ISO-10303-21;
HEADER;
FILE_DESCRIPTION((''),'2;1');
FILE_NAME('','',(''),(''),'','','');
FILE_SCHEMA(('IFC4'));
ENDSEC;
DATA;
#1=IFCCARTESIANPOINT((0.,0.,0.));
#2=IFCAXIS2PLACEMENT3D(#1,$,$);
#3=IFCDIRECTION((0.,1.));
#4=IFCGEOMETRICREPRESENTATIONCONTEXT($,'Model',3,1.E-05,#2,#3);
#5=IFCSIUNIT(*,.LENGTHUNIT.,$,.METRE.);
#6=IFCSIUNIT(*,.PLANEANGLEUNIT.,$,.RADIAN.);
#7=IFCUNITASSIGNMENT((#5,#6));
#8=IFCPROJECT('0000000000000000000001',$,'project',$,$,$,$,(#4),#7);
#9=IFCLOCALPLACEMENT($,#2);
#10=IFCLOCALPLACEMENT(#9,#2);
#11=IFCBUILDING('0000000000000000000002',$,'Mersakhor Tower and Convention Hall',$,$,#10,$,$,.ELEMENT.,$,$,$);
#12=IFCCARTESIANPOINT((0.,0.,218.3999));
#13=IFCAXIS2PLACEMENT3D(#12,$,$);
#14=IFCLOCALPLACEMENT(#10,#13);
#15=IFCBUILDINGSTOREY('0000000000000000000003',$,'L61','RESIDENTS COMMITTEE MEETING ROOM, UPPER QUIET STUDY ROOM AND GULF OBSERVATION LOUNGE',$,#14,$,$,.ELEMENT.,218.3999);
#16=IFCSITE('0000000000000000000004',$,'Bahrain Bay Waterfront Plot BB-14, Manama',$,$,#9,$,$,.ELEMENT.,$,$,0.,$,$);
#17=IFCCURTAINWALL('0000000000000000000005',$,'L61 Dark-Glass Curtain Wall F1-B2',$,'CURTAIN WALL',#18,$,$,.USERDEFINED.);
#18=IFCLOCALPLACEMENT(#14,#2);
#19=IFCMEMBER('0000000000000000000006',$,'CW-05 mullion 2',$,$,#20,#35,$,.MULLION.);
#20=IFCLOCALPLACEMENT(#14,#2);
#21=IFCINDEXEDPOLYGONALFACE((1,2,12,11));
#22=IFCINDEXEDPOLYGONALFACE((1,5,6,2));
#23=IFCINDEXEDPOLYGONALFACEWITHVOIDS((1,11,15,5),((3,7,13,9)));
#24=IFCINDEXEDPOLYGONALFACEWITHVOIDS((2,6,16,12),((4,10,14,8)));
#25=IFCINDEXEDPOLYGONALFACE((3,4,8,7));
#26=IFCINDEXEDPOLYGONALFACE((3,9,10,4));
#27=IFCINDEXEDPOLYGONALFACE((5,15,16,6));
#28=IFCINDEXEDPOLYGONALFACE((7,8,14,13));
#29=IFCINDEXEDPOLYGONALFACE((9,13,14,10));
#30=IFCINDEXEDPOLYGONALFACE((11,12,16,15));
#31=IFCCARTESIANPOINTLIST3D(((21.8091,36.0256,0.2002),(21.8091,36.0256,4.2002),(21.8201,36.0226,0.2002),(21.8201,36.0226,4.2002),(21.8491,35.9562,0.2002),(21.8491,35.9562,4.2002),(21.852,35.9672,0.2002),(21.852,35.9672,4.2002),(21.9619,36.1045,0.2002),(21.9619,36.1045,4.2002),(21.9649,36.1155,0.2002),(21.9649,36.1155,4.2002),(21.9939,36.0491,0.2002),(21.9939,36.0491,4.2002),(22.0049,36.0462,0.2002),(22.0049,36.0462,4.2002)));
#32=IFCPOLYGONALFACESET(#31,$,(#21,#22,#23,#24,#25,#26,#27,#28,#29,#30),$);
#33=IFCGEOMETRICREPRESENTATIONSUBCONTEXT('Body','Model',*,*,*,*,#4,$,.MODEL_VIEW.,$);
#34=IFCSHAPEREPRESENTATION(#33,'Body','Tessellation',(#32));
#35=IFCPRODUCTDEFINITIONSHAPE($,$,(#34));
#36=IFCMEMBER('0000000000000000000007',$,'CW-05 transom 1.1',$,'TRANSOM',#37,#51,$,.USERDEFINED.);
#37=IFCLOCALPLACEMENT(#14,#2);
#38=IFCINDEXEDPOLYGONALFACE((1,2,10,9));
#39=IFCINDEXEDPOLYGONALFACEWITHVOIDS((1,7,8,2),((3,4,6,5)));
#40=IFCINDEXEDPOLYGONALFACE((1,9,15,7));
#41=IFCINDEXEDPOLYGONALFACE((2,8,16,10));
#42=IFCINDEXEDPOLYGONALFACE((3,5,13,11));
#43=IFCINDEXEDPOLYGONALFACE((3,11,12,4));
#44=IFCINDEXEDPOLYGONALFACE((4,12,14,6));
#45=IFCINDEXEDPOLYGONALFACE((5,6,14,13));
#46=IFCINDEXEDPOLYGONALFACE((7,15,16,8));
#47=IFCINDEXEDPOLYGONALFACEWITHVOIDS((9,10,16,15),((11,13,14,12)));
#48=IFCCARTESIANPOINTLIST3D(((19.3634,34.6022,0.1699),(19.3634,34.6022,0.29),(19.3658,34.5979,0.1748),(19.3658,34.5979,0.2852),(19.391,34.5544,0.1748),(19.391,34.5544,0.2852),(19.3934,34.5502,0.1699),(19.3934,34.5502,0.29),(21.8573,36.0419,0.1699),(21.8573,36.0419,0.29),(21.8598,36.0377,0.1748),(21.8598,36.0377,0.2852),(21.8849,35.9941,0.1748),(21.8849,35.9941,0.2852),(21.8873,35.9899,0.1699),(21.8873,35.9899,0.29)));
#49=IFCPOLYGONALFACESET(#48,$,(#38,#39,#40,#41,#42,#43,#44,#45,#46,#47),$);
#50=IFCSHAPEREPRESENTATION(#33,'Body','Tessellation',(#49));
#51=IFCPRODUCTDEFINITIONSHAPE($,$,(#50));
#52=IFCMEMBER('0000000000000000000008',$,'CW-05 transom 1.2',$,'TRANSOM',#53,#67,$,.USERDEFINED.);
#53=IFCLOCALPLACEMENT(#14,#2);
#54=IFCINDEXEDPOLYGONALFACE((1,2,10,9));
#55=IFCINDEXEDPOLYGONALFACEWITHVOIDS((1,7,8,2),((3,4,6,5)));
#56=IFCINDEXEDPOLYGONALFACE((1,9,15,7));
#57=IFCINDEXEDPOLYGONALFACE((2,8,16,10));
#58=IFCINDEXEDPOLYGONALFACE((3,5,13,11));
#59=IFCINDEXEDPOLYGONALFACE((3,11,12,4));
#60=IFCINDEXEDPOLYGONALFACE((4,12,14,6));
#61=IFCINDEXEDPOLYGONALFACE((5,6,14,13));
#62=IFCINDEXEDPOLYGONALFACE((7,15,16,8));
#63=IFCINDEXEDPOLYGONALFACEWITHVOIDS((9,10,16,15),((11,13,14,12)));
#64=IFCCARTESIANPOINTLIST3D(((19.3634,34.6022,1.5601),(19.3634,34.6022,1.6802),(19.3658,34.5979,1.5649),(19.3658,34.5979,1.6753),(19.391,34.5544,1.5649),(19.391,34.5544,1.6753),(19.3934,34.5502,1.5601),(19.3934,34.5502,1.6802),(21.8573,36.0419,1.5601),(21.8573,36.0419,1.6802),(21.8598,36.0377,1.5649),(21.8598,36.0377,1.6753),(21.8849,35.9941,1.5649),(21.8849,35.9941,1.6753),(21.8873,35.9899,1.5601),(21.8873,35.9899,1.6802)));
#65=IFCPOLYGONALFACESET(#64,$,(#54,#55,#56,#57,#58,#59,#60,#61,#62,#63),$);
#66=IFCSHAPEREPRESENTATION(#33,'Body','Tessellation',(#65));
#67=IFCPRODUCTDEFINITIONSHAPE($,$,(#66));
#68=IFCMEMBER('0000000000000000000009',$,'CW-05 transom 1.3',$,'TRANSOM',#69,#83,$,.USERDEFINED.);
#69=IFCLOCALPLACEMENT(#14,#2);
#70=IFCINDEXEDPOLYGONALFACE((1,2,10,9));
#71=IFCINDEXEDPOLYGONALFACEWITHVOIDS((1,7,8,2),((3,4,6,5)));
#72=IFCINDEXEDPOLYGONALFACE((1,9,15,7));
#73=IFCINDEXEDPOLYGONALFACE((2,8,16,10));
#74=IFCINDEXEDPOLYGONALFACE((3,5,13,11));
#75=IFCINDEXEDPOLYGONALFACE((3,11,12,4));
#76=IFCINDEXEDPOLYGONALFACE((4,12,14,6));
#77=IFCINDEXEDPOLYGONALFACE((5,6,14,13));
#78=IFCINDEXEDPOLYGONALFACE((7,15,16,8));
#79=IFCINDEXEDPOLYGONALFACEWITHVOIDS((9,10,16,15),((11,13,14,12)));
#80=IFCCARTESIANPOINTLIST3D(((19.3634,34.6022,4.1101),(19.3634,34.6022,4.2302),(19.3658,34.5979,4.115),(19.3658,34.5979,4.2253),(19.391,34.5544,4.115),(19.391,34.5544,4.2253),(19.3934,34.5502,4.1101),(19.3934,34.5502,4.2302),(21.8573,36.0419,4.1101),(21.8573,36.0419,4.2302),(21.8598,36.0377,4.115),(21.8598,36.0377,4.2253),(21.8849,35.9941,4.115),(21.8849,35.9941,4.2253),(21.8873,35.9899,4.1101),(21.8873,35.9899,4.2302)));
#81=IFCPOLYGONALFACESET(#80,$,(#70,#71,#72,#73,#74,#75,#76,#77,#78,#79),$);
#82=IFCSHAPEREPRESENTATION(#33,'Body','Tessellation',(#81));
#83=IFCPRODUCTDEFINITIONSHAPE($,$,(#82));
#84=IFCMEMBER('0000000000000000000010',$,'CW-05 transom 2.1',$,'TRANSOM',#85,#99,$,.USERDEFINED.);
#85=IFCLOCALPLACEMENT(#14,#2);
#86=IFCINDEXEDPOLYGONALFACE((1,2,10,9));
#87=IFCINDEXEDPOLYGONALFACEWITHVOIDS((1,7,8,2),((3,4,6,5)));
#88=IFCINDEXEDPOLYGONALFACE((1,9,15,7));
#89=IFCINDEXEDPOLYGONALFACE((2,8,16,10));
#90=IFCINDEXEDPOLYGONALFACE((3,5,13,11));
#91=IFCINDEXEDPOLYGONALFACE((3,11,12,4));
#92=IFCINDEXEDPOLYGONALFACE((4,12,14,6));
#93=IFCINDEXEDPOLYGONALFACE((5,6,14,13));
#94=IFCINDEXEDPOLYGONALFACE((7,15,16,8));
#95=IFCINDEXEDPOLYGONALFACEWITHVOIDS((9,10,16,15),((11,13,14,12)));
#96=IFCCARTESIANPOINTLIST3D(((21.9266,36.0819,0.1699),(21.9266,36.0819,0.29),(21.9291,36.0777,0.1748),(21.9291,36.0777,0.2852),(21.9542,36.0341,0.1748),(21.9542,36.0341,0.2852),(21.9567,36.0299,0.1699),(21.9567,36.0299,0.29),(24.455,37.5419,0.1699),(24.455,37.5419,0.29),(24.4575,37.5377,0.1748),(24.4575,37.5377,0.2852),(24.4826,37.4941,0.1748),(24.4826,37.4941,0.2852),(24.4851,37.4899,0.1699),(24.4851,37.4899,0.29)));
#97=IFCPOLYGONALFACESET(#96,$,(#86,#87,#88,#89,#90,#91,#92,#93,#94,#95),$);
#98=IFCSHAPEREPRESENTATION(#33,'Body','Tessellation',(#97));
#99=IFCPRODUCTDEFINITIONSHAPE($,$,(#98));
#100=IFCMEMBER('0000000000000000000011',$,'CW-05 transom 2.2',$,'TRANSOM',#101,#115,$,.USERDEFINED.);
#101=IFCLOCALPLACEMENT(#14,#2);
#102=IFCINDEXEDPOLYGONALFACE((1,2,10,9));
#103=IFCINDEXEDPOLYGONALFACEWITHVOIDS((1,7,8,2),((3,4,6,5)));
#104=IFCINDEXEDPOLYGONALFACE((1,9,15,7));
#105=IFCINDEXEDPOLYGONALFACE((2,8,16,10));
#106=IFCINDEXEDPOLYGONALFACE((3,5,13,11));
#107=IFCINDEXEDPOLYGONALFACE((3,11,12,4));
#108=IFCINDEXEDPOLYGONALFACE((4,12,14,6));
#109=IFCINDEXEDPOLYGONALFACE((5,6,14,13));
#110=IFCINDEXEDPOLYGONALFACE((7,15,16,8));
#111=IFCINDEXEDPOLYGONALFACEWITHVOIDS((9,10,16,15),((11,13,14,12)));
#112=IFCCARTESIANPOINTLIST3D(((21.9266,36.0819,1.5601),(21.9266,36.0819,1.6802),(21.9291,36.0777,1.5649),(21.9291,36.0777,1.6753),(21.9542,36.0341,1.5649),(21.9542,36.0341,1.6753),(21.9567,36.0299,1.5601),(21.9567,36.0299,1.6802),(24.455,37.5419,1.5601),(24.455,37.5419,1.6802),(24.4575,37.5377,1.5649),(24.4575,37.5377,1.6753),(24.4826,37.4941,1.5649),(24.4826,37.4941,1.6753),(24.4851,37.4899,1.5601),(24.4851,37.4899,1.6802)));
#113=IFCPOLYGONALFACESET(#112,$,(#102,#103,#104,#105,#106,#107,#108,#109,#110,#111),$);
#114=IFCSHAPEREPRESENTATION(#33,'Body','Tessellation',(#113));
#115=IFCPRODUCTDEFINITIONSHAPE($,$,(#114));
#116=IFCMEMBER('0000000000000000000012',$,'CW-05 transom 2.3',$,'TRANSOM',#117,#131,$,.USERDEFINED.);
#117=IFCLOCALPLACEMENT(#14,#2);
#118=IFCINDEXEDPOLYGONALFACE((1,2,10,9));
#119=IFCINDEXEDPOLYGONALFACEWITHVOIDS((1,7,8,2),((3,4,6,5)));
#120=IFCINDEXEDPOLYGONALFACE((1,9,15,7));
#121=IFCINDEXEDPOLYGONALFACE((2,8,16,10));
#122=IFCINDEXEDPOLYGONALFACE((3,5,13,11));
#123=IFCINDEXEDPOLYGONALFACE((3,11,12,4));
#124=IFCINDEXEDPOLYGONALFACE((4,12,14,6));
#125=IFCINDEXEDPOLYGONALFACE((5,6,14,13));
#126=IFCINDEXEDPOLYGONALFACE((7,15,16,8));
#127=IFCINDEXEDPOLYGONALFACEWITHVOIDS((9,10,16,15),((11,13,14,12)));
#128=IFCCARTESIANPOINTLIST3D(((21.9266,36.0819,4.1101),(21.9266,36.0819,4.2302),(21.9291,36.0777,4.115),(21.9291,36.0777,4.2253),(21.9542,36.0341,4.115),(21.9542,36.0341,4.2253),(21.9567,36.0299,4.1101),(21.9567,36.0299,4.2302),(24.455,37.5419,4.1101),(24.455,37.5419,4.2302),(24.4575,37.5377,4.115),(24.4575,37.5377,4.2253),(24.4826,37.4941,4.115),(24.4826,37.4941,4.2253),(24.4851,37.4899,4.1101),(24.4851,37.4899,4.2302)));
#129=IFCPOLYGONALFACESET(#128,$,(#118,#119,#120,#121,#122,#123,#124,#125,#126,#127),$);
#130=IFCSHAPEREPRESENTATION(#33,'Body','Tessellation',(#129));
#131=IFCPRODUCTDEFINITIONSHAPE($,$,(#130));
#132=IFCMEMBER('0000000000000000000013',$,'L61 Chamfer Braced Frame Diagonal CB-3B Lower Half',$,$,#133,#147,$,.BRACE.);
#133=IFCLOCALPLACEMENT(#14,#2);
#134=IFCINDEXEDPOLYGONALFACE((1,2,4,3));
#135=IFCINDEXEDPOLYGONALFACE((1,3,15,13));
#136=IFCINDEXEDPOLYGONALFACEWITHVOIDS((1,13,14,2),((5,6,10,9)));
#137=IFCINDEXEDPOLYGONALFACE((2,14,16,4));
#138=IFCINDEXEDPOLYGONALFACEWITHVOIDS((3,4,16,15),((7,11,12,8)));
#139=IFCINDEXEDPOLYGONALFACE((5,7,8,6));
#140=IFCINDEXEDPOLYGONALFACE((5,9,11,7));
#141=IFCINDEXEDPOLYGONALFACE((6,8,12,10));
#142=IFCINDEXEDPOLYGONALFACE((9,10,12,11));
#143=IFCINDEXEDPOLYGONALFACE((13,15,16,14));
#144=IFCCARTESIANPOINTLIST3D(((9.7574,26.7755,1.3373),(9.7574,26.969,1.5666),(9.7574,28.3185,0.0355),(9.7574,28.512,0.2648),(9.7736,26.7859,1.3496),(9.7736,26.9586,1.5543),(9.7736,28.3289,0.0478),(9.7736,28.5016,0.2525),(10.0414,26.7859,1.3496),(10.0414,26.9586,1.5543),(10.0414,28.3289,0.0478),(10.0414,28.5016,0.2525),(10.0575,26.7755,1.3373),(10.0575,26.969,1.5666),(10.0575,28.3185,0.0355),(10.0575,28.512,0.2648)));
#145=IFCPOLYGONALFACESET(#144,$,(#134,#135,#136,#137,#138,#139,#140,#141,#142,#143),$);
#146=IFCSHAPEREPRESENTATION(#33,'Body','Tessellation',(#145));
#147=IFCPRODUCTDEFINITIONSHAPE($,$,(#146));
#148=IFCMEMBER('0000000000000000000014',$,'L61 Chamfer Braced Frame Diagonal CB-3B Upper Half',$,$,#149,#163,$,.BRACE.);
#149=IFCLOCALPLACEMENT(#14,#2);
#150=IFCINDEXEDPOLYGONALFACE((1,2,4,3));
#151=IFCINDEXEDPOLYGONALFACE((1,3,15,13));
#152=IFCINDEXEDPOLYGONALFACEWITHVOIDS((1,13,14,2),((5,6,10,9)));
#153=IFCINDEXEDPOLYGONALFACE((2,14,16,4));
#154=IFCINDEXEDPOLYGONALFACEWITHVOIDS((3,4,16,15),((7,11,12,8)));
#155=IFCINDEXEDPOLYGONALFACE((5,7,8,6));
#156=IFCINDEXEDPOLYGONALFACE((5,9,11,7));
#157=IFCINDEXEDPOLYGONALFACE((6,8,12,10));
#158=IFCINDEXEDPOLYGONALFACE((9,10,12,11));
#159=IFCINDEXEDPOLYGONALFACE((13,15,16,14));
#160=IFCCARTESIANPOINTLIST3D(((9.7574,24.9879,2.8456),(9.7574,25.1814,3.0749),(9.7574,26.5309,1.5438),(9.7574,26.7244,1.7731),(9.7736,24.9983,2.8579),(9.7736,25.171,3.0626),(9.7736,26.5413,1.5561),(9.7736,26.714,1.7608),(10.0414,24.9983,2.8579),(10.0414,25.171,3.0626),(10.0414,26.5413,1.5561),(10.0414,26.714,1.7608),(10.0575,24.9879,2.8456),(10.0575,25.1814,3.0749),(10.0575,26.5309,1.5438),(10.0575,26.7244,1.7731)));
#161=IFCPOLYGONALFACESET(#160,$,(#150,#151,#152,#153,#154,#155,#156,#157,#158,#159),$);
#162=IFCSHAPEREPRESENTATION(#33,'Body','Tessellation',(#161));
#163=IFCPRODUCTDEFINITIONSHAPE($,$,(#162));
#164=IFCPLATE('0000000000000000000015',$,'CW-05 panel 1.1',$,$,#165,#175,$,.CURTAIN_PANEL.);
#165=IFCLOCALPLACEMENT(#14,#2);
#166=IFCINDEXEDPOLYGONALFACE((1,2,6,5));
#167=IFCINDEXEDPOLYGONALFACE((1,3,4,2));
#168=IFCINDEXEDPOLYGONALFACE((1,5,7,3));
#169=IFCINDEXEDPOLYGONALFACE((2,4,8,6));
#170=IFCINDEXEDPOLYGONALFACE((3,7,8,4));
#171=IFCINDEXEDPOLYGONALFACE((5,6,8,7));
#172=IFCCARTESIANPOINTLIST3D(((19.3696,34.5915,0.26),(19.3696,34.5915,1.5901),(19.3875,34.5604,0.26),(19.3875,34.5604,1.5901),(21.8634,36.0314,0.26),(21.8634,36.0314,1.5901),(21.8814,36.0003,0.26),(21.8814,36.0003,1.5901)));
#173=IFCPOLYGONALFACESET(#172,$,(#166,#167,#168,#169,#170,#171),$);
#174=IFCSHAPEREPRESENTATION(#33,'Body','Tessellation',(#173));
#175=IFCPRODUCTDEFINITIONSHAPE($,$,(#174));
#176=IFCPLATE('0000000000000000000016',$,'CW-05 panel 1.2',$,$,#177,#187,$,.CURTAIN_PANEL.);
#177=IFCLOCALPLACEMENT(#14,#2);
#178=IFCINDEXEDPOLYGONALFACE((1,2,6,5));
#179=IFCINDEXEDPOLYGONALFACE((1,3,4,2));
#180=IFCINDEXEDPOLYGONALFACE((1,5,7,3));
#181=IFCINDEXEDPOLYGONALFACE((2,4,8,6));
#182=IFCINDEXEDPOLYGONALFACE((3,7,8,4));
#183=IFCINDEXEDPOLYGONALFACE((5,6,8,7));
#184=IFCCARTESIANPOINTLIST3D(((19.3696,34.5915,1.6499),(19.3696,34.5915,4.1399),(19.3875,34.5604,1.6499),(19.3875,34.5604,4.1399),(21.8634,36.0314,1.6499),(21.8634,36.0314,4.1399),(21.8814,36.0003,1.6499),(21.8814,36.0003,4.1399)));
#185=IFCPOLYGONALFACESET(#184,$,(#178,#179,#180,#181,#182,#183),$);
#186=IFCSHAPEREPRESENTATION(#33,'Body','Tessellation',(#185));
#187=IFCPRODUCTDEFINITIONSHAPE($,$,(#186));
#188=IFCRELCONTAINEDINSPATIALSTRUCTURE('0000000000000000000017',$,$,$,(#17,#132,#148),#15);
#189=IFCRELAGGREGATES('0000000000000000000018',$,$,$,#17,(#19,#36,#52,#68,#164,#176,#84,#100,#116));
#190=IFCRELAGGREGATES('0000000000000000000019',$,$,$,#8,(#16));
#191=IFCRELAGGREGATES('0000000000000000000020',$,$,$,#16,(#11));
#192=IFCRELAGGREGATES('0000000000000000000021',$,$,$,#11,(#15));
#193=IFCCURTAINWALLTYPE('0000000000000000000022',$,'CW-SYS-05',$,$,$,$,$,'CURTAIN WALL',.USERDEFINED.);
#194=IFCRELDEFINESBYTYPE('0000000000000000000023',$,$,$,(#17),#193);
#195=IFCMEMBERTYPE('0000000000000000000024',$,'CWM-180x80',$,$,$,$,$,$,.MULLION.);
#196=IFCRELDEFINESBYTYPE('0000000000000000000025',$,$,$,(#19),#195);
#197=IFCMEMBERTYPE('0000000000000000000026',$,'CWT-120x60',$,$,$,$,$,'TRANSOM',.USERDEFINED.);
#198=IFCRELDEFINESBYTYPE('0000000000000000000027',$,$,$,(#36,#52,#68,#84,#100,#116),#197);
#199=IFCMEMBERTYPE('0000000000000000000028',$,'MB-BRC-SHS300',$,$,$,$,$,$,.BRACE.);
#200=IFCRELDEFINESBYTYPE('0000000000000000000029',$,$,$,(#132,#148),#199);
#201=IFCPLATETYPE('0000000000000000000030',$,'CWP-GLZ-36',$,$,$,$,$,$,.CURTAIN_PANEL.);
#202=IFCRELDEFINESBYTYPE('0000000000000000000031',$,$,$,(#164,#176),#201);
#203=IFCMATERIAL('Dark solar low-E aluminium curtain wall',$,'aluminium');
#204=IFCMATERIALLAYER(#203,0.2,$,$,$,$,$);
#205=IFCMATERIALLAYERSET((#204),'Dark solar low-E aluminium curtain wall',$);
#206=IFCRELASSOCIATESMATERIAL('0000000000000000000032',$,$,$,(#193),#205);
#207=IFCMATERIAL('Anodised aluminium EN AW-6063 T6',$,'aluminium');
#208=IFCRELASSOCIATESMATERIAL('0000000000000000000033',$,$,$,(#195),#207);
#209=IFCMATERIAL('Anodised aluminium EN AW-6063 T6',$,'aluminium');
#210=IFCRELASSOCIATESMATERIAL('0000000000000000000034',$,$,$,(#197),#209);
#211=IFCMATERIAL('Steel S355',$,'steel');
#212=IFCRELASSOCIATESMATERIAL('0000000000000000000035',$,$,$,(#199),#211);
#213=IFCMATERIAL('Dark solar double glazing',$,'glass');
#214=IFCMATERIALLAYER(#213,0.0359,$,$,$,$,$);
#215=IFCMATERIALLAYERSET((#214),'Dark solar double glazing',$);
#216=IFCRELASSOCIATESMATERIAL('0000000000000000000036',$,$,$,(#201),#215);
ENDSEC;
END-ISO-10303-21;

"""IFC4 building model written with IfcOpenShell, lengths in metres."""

from ifc_helpers import new_model, si_unit, direction, frame, origin, origin_2d, place, context, subcontext, project, spatial, rectangle, hollow_rectangle, extrude, material, layer, layer_set, material_profile, profile_set, type_object, element, aggregate, save


model = new_model("IFC4")

# Units and contexts
model_context = context("Model", 3, precision=1e-05, world=origin(), true_north=direction((0.0, 1.0)))
body_context = subcontext(model_context, "Body", "Model", "MODEL_VIEW")
ifc_project = project(units=[si_unit("LENGTHUNIT", "METRE"), si_unit("PLANEANGLEUNIT", "RADIAN")], contexts=[model_context])

# Site, building, storey
site_placement = place(None, origin())
site = spatial("IfcSite", under=ifc_project, at=site_placement, Name="Bahrain Bay Waterfront Plot BB-14, Manama", CompositionType="ELEMENT", RefElevation=0.0)
building_placement = place(site_placement, origin())
building = spatial("IfcBuilding", under=site, at=building_placement, Name="Mersakhor Tower and Convention Hall", CompositionType="ELEMENT")
storey_placement = place(building_placement, frame((0.0, 0.0, 218.3999)))
storey = spatial("IfcBuildingStorey", under=building, at=storey_placement, Name="L61", Description="RESIDENTS COMMITTEE MEETING ROOM, UPPER QUIET STUDY ROOM AND GULF OBSERVATION LOUNGE", CompositionType="ELEMENT", Elevation=218.3999)

# Curtain wall, members
ifc_material_1 = material(Name="Dark solar low-E aluminium curtain wall", Category="aluminium")
ifc_layer_1 = layer(ifc_material_1, 0.2)
ifc_layer_set_1 = layer_set([ifc_layer_1], Name="Dark solar low-E aluminium curtain wall")
curtain_wall_type = type_object("IfcCurtainWallType", Name="CW-SYS-05", ElementType="CURTAIN WALL", PredefinedType="USERDEFINED", material=ifc_layer_set_1)
curtain_wall_placement = place(storey_placement, origin())
curtain_wall = element("IfcCurtainWall", 1, at=curtain_wall_placement, inside=storey, type_object=curtain_wall_type, Name="L61 Dark-Glass Curtain Wall F1-B2", ObjectType="CURTAIN WALL", PredefinedType="USERDEFINED")
ifc_material_2 = material(Name="Anodised aluminium EN AW-6063 T6", Category="aluminium")
ifc_material_profile_1 = material_profile(ifc_material_2, hollow_rectangle(XDim=0.0801, YDim=0.1799, WallThickness=0.0081, at=origin_2d()), Name="RHS 180x80x8")
ifc_profile_set_1 = profile_set([ifc_material_profile_1], Name="Anodised aluminium EN AW-6063 T6")
member_type_1 = type_object("IfcMemberType", Name="CWM-180x80", PredefinedType="MULLION", material=ifc_profile_set_1)
member_1_placement = place(storey_placement, frame((21.907, 36.0359, 0.2002), z_axis=(0.0, 0.0, 1.0), x_axis=(-0.500008, 0.866021, 0.0)))
member_1 = element("IfcMember", 2, at=member_1_placement, type_object=member_type_1, Name="CW-05 mullion 2", PredefinedType="MULLION", context=body_context, shape_type="SweptSolid", body=[
    extrude(hollow_rectangle(XDim=0.0801, YDim=0.1799, WallThickness=0.0081, at=origin_2d()), origin(), (0.0, 0.0, 1.0), 4.0),
])
ifc_material_3 = material(Name="Anodised aluminium EN AW-6063 T6", Category="aluminium")
ifc_material_profile_2 = material_profile(ifc_material_3, hollow_rectangle(XDim=0.0601, YDim=0.1201, WallThickness=0.0049, at=origin_2d()), Name="RHS 120x60x5")
ifc_profile_set_2 = profile_set([ifc_material_profile_2], Name="Anodised aluminium EN AW-6063 T6")
member_type_2 = type_object("IfcMemberType", Name="CWT-120x60", ElementType="TRANSOM", PredefinedType="USERDEFINED", material=ifc_profile_set_2)
member_2_placement = place(storey_placement, frame((19.3784, 34.5762, 0.23), z_axis=(0.866049, 0.49996, 0.0), x_axis=(-0.49996, 0.866049, 0.0)))
member_2 = element("IfcMember", 3, at=member_2_placement, type_object=member_type_2, Name="CW-05 transom 1.1", ObjectType="TRANSOM", PredefinedType="USERDEFINED", context=body_context, shape_type="SweptSolid", body=[
    extrude(hollow_rectangle(XDim=0.0601, YDim=0.1201, WallThickness=0.0049, at=origin_2d()), origin(), (0.0, 0.0, 1.0), 2.8796),
])
member_3_placement = place(storey_placement, frame((19.3784, 34.5762, 1.6201), z_axis=(0.866049, 0.49996, 0.0), x_axis=(-0.49996, 0.866049, 0.0)))
member_3 = element("IfcMember", 4, at=member_3_placement, type_object=member_type_2, Name="CW-05 transom 1.2", ObjectType="TRANSOM", PredefinedType="USERDEFINED", context=body_context, shape_type="SweptSolid", body=[
    extrude(hollow_rectangle(XDim=0.0601, YDim=0.1201, WallThickness=0.0049, at=origin_2d()), origin(), (0.0, 0.0, 1.0), 2.8796),
])
member_4_placement = place(storey_placement, frame((19.3784, 34.5762, 4.1702), z_axis=(0.866049, 0.49996, 0.0), x_axis=(-0.49996, 0.866049, 0.0)))
member_4 = element("IfcMember", 5, at=member_4_placement, type_object=member_type_2, Name="CW-05 transom 1.3", ObjectType="TRANSOM", PredefinedType="USERDEFINED", context=body_context, shape_type="SweptSolid", body=[
    extrude(hollow_rectangle(XDim=0.0601, YDim=0.1201, WallThickness=0.0049, at=origin_2d()), origin(), (0.0, 0.0, 1.0), 2.8796),
])
member_5_placement = place(storey_placement, frame((21.9417, 36.0559, 0.23), z_axis=(0.865991, 0.50006, 0.0), x_axis=(-0.50006, 0.865991, 0.0)))
member_5 = element("IfcMember", 6, at=member_5_placement, type_object=member_type_2, Name="CW-05 transom 2.1", ObjectType="TRANSOM", PredefinedType="USERDEFINED", context=body_context, shape_type="SweptSolid", body=[
    extrude(hollow_rectangle(XDim=0.0601, YDim=0.1201, WallThickness=0.0049, at=origin_2d()), origin(), (0.0, 0.0, 1.0), 2.9197),
])
member_6_placement = place(storey_placement, frame((21.9417, 36.0559, 1.6201), z_axis=(0.865991, 0.50006, 0.0), x_axis=(-0.50006, 0.865991, 0.0)))
member_6 = element("IfcMember", 7, at=member_6_placement, type_object=member_type_2, Name="CW-05 transom 2.2", ObjectType="TRANSOM", PredefinedType="USERDEFINED", context=body_context, shape_type="SweptSolid", body=[
    extrude(hollow_rectangle(XDim=0.0601, YDim=0.1201, WallThickness=0.0049, at=origin_2d()), origin(), (0.0, 0.0, 1.0), 2.9197),
])
member_7_placement = place(storey_placement, frame((21.9417, 36.0559, 4.1702), z_axis=(0.865991, 0.50006, 0.0), x_axis=(-0.50006, 0.865991, 0.0)))
member_7 = element("IfcMember", 8, at=member_7_placement, type_object=member_type_2, Name="CW-05 transom 2.3", ObjectType="TRANSOM", PredefinedType="USERDEFINED", context=body_context, shape_type="SweptSolid", body=[
    extrude(hollow_rectangle(XDim=0.0601, YDim=0.1201, WallThickness=0.0049, at=origin_2d()), origin(), (0.0, 0.0, 1.0), 2.9197),
])

# Members
ifc_material_4 = material(Name="Steel S355", Category="steel")
ifc_material_profile_3 = material_profile(ifc_material_4, hollow_rectangle(XDim=0.3, YDim=0.3, WallThickness=0.0161, at=origin_2d()), Name="SHS 300x300x16")
ifc_profile_set_3 = profile_set([ifc_material_profile_3], Name="Steel S355")
member_type_3 = type_object("IfcMemberType", Name="MB-BRC-SHS300", PredefinedType="BRACE", material=ifc_profile_set_3)
for number, where, z_axis, x_axis, name in (
    (9, (9.9075, 28.4153, 0.1501), (0.0, -0.764321, 0.644836), (1.0, 0.0, 0.0), "L61 Chamfer Braced Frame Diagonal CB-3B Lower Half"),
    (10, (9.9075, 26.6277, 1.6584), (0.0, -0.764321, 0.644836), (1.0, 0.0, 0.0), "L61 Chamfer Braced Frame Diagonal CB-3B Upper Half"),
):
    element("IfcMember", number, at=place(storey_placement, frame(where, z_axis=z_axis, x_axis=x_axis)), inside=storey, type_object=member_type_3, Name=name, PredefinedType="BRACE", context=body_context, shape_type="SweptSolid", body=[
        extrude(hollow_rectangle(XDim=0.3, YDim=0.3, WallThickness=0.0161, at=origin_2d()), origin(), (0.0, 0.0, 1.0), 2.0188),
    ])

# Plates
ifc_material_5 = material(Name="Dark solar double glazing", Category="glass")
ifc_layer_2 = layer(ifc_material_5, 0.0359)
ifc_layer_set_2 = layer_set([ifc_layer_2], Name="Dark solar double glazing")
plate_type_1 = type_object("IfcPlateType", Name="CWP-GLZ-36", PredefinedType="CURTAIN_PANEL", material=ifc_layer_set_2)
plate_1_placement = place(storey_placement, frame((20.6255, 35.2959, 0.26), z_axis=(0.0, 0.0, 1.0), x_axis=(0.866021, 0.500008, 0.0)))
plate_1 = element("IfcPlate", 11, at=plate_1_placement, type_object=plate_type_1, Name="CW-05 panel 1.1", PredefinedType="CURTAIN_PANEL", context=body_context, shape_type="SweptSolid", body=[
    extrude(rectangle(XDim=2.8796, YDim=0.0359, at=origin_2d()), origin(), (0.0, 0.0, 1.0), 1.3301),
])
plate_2_placement = place(storey_placement, frame((20.6255, 35.2959, 1.6499), z_axis=(0.0, 0.0, 1.0), x_axis=(0.866021, 0.500008, 0.0)))
plate_2 = element("IfcPlate", 12, at=plate_2_placement, type_object=plate_type_1, Name="CW-05 panel 1.2", PredefinedType="CURTAIN_PANEL", context=body_context, shape_type="SweptSolid", body=[
    extrude(rectangle(XDim=2.8796, YDim=0.0359, at=origin_2d()), origin(), (0.0, 0.0, 1.0), 2.49),
])
aggregate(curtain_wall, [member_1, member_2, member_3, member_4, plate_1, plate_2, member_5, member_6, member_7])

save(model, "model.ifc")
